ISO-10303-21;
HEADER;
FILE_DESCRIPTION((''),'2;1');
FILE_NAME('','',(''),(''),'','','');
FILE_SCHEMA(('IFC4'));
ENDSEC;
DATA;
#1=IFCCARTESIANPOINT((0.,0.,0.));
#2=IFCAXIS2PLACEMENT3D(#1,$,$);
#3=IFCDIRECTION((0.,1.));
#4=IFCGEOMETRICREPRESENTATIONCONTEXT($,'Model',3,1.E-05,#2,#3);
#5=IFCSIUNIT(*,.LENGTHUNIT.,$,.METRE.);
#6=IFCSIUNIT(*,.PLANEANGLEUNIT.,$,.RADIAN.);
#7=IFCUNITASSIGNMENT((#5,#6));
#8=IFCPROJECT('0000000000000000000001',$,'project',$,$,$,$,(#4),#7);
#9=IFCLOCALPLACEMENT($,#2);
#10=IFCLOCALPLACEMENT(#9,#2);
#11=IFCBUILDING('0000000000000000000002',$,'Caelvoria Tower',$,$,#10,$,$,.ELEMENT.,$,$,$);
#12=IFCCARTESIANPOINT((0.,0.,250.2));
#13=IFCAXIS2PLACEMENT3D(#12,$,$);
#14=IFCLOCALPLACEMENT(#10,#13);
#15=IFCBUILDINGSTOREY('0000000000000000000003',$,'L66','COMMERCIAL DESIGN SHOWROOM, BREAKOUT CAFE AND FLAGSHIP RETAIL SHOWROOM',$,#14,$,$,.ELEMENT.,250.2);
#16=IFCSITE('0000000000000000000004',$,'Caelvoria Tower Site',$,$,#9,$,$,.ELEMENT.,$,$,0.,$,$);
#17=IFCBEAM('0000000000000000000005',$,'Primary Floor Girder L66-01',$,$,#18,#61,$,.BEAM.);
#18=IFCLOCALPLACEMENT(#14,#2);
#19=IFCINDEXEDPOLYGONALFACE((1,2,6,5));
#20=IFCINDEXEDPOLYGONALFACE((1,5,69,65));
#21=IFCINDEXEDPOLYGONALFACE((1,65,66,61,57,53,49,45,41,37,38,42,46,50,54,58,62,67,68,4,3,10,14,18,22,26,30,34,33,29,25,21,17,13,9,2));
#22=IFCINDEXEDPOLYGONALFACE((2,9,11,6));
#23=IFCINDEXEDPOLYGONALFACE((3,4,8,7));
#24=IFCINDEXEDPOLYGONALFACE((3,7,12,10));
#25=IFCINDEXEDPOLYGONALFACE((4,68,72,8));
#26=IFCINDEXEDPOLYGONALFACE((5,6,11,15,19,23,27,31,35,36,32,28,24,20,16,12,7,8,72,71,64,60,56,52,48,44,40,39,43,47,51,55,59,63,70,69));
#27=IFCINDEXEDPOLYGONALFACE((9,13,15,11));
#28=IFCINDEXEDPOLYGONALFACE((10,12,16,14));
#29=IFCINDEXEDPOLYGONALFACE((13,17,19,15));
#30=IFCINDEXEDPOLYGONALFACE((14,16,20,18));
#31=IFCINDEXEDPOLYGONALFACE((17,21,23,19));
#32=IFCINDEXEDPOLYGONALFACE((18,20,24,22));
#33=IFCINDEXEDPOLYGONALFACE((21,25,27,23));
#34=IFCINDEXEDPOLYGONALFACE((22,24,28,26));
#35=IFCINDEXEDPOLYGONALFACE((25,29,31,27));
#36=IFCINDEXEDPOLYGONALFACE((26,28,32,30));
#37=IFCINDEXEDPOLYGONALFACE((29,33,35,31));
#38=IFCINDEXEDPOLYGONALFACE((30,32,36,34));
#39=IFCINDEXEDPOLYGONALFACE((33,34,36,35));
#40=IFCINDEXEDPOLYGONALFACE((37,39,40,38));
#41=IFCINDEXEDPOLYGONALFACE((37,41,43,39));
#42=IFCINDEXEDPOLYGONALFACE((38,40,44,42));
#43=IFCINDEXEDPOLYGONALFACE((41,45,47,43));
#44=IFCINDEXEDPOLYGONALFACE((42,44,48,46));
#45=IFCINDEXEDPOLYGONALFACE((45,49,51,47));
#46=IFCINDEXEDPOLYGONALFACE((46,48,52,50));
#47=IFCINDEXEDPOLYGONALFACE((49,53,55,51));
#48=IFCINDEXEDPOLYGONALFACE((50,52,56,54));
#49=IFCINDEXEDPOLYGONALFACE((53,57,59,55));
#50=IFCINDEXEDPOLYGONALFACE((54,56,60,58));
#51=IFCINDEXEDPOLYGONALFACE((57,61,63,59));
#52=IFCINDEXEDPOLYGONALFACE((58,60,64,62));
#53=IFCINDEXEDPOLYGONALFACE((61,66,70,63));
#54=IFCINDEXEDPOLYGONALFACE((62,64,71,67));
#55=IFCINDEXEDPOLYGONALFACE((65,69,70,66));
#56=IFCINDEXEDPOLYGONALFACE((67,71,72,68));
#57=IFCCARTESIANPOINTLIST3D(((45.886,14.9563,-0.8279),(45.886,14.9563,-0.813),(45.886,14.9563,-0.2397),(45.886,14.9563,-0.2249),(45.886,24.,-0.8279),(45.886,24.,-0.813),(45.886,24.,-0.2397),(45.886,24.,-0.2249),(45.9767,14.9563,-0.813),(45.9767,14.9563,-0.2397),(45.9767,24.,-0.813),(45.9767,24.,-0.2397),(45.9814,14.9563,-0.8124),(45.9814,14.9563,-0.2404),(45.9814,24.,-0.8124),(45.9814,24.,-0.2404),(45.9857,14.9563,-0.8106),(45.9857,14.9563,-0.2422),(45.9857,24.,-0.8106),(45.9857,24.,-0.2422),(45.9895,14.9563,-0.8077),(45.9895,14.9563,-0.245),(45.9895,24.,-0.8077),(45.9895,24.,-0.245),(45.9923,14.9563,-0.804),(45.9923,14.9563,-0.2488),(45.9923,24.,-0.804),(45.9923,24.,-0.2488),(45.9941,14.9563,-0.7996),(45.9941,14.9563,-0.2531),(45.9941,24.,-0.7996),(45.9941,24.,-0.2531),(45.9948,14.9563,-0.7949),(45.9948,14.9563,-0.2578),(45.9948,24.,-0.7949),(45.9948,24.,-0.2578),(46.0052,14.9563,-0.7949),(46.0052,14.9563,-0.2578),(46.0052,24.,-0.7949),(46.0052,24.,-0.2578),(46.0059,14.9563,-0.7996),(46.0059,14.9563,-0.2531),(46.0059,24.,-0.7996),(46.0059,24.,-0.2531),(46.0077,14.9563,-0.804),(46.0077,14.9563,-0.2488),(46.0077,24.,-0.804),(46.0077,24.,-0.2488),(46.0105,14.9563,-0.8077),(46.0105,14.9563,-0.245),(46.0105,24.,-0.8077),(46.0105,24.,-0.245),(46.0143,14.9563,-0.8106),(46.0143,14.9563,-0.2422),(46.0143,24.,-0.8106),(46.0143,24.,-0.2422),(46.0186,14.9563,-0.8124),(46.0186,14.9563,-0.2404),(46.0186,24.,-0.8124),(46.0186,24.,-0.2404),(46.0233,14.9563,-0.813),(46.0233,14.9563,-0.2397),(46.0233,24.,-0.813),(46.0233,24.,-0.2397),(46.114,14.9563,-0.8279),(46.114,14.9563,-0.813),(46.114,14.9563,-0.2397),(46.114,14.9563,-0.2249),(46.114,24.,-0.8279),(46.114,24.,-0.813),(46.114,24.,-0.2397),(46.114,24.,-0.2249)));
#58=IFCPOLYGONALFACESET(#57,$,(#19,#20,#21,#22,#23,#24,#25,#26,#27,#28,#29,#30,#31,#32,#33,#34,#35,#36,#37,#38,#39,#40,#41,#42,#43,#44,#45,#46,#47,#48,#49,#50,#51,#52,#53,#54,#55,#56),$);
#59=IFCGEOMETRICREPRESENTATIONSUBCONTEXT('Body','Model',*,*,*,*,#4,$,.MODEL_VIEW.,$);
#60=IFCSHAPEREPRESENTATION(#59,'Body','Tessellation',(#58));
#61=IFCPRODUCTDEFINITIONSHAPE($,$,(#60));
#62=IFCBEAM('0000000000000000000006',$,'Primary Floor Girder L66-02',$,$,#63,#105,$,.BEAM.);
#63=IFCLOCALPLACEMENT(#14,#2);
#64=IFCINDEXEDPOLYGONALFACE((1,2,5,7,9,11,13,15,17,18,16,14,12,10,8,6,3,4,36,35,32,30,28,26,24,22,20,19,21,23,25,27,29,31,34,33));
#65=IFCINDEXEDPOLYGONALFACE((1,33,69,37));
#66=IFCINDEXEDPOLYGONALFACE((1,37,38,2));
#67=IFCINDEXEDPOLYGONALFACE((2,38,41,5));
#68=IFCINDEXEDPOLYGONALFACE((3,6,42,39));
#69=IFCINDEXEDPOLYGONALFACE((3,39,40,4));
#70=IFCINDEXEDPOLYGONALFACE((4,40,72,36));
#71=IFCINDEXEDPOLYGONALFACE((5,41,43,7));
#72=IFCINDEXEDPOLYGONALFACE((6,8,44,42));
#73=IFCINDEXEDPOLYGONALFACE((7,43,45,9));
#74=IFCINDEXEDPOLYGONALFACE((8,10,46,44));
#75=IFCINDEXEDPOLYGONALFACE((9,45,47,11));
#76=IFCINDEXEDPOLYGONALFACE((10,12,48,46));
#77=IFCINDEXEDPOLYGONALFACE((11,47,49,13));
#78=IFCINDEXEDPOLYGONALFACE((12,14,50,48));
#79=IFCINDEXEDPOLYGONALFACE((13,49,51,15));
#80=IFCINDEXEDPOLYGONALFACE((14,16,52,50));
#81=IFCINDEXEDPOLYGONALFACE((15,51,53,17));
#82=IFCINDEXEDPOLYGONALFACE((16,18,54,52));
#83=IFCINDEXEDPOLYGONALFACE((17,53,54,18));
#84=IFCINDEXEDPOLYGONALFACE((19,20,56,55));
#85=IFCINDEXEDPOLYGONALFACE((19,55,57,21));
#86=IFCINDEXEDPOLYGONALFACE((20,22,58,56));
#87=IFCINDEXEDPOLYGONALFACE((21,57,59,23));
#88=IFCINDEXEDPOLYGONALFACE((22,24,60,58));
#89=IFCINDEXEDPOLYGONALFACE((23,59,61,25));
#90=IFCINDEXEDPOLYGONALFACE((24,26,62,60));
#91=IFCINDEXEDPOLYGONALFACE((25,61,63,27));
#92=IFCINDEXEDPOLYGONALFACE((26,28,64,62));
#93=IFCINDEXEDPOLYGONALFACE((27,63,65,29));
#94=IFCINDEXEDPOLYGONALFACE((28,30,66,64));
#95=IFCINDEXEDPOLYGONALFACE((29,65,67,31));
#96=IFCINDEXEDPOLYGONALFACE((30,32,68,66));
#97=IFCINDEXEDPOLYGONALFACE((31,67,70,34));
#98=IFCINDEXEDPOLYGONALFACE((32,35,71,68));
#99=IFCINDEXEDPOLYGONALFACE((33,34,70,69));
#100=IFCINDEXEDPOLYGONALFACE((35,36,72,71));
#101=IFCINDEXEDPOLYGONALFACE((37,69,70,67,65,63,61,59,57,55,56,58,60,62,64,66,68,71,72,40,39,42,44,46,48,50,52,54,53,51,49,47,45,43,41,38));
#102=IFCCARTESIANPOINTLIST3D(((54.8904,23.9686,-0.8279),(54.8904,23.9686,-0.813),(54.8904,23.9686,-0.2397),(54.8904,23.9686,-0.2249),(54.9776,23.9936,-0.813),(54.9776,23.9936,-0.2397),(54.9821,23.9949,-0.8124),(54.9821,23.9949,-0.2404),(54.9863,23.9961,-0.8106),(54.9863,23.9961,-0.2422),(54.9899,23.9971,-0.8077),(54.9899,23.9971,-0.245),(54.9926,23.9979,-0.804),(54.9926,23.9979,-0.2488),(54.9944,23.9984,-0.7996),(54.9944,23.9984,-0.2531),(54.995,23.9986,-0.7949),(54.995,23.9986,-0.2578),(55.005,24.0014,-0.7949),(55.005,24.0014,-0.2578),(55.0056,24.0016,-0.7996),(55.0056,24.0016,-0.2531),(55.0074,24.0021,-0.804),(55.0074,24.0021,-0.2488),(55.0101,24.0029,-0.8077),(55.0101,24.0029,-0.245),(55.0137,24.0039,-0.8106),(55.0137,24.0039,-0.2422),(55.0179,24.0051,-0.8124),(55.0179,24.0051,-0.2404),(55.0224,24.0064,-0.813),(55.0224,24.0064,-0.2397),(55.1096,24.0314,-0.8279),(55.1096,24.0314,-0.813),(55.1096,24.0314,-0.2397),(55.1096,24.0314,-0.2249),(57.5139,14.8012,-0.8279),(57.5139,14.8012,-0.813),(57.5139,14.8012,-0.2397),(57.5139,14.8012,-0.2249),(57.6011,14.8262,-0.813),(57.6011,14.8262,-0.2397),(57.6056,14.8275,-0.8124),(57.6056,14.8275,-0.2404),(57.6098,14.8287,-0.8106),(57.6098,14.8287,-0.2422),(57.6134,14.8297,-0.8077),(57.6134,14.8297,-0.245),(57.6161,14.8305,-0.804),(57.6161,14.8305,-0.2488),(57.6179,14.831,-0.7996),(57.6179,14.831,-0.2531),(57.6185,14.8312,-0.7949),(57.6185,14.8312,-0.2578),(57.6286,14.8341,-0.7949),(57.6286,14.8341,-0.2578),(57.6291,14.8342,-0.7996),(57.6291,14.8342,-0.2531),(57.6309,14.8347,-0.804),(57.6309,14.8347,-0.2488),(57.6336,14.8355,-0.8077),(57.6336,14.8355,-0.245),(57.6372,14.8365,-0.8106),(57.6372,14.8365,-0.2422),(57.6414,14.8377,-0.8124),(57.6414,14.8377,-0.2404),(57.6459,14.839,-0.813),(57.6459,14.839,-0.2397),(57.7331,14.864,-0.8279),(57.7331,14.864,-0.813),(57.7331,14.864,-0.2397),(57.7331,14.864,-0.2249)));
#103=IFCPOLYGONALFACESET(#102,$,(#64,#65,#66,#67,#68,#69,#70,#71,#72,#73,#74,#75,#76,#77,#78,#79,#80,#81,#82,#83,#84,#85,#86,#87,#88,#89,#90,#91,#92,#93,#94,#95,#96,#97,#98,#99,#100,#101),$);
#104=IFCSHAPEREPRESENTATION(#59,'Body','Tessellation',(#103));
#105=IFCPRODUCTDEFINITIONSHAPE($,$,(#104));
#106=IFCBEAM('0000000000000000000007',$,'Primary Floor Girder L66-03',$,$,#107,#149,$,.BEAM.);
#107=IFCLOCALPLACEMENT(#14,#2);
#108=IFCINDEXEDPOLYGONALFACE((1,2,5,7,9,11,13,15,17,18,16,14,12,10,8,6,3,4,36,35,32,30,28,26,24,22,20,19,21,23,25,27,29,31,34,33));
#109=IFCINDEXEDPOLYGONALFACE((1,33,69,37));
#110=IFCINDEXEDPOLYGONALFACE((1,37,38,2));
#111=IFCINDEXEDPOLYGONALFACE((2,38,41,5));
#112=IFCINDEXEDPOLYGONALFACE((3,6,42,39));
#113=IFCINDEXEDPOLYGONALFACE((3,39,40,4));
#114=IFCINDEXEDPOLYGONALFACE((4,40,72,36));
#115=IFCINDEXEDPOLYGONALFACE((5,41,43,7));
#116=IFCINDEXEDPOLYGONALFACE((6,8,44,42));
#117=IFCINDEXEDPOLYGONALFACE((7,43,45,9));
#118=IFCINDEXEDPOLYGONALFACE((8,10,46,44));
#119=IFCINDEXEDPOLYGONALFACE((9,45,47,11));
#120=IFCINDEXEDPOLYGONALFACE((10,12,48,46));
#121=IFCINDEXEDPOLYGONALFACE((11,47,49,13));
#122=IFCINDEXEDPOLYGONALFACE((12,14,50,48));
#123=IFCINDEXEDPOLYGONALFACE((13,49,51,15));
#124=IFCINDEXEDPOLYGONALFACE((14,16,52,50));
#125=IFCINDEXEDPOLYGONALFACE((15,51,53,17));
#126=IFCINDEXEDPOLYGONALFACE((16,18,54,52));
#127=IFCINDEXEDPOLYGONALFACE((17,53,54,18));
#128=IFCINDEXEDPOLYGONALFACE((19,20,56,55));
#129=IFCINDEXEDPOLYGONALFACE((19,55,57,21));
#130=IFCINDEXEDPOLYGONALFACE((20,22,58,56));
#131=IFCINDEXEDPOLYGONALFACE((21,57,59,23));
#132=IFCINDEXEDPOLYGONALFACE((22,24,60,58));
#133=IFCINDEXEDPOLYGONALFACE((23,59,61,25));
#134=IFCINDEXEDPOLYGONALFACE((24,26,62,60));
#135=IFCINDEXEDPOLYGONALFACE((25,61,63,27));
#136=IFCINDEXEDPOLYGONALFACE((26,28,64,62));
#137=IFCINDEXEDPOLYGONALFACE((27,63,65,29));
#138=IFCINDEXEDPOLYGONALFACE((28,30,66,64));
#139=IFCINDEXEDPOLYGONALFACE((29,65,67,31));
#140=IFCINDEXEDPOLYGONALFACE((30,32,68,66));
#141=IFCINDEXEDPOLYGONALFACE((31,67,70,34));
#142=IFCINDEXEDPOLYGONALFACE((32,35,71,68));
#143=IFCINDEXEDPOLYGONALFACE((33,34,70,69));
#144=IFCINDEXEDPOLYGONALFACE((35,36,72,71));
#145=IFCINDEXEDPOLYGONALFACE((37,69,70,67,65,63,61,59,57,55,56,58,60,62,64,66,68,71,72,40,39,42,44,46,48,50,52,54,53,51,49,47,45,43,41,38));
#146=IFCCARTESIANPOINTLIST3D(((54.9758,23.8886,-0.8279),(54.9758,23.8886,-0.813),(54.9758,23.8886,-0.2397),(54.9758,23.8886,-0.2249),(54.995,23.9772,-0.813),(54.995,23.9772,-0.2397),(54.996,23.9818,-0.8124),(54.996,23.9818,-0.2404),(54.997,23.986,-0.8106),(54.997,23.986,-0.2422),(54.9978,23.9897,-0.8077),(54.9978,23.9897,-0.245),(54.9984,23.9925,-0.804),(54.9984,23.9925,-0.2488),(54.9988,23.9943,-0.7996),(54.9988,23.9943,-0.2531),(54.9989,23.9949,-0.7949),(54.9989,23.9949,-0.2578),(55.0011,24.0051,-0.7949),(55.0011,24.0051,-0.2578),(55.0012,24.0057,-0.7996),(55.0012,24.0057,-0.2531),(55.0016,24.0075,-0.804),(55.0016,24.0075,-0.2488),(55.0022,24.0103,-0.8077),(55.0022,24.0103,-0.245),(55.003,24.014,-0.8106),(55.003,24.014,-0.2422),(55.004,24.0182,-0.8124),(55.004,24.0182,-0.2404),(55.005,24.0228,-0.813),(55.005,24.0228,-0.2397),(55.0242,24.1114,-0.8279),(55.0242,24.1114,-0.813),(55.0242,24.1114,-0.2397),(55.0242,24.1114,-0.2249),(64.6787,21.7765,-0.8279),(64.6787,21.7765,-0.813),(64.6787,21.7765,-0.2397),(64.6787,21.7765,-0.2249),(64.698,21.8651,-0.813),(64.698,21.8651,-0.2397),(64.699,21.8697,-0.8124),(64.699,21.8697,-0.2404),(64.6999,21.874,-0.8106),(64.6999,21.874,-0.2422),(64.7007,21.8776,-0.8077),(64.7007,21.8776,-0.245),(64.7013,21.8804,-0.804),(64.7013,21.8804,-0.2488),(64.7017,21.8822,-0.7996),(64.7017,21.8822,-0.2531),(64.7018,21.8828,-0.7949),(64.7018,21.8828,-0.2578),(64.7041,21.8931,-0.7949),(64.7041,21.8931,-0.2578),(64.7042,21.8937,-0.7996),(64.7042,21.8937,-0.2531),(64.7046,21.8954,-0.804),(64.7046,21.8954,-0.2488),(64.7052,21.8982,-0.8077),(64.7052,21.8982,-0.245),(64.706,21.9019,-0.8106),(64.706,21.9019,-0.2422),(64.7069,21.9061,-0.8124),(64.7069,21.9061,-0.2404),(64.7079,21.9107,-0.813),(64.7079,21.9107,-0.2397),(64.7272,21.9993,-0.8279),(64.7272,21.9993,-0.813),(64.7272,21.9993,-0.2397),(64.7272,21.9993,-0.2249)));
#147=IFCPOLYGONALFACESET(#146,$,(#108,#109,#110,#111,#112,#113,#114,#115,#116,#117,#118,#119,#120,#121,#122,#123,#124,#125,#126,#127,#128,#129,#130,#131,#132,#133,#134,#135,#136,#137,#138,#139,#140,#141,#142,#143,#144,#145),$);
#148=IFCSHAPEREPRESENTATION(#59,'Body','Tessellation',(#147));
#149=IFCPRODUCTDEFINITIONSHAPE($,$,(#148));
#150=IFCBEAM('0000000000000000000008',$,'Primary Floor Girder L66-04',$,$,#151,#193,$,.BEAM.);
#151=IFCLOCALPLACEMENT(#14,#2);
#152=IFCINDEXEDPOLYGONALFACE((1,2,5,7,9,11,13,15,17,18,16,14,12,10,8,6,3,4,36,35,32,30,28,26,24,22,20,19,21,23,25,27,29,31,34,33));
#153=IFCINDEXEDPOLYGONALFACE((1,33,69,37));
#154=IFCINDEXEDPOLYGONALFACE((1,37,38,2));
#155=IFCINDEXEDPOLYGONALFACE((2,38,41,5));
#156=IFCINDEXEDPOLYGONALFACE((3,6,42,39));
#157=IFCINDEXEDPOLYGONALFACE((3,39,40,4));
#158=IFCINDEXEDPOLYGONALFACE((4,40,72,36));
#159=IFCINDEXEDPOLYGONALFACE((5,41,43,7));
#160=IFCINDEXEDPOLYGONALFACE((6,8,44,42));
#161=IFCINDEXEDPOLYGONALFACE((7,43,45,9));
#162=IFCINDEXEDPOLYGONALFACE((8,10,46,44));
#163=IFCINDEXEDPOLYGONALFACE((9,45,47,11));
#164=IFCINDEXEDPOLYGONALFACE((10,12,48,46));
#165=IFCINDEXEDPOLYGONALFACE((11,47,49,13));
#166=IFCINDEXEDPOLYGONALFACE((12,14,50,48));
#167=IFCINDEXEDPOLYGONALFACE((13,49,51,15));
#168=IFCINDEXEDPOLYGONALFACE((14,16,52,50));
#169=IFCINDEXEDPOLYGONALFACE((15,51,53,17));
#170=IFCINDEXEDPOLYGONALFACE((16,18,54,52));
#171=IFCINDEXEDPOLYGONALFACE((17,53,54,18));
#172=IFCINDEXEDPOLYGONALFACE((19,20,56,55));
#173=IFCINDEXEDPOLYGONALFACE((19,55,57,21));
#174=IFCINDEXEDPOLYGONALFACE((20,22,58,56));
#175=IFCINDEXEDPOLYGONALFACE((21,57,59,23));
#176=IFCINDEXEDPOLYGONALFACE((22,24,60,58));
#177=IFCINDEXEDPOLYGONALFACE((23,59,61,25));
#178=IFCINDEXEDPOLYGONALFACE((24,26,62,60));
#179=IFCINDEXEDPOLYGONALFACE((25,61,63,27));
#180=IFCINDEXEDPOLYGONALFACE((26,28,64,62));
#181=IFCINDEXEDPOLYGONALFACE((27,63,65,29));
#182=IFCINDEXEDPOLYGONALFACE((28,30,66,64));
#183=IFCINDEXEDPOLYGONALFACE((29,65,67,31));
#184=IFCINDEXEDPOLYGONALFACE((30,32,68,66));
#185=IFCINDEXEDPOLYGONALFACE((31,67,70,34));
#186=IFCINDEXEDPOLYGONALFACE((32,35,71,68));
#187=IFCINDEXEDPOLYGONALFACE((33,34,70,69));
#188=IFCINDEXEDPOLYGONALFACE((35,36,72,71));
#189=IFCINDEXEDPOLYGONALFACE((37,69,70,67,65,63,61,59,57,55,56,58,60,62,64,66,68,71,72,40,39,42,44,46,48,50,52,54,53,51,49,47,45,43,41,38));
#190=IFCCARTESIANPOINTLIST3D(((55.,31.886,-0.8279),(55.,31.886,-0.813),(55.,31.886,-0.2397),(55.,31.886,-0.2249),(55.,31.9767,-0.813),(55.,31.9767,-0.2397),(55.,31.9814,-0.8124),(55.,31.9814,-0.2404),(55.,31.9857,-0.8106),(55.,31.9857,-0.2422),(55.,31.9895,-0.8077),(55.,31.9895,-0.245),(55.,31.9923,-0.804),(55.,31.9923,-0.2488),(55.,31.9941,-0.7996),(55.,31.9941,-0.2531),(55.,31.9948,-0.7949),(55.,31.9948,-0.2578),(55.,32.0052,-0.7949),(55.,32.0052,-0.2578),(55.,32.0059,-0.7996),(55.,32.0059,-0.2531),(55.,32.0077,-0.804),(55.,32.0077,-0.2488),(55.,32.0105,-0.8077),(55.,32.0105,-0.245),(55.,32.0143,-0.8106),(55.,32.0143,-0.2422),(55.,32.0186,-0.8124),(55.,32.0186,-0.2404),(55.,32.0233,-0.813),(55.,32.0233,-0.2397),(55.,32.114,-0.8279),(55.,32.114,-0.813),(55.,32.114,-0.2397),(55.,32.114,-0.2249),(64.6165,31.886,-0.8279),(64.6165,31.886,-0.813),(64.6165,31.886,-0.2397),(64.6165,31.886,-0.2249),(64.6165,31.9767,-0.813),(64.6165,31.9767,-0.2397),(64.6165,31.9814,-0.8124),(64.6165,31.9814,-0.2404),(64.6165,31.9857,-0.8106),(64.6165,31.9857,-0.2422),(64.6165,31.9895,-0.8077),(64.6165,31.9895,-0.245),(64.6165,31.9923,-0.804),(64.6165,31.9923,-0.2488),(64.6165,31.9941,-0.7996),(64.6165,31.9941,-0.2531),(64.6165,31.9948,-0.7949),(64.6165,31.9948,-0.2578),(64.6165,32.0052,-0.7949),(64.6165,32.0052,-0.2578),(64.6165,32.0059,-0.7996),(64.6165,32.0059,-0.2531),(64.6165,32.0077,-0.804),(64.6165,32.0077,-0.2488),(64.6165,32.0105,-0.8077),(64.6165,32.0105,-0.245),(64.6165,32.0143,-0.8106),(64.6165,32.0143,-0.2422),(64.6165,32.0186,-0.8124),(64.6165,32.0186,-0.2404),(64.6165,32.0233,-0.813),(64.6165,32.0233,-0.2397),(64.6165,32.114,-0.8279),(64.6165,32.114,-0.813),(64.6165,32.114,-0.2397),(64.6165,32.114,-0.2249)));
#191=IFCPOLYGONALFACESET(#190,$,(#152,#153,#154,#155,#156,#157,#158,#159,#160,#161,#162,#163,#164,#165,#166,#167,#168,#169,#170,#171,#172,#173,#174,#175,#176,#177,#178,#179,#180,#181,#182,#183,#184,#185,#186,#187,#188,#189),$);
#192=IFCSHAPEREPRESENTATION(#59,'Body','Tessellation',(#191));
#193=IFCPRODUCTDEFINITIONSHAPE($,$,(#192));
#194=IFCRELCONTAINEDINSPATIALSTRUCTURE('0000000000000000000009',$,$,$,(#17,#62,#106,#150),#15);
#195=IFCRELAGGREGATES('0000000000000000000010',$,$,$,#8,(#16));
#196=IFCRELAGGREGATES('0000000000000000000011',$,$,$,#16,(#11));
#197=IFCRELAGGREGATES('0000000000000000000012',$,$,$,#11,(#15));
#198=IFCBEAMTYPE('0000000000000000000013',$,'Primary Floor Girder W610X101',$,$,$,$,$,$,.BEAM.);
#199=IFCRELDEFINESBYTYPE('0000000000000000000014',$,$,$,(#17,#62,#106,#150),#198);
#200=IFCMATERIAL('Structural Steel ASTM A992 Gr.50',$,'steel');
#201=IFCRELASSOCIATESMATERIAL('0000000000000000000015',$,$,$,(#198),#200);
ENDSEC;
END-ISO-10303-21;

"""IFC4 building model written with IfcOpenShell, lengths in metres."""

from ifc_helpers import new_model, si_unit, direction, frame, origin, origin_2d, place, context, subcontext, project, spatial, i_section, extrude, material, material_profile, profile_set, type_object, element, save


model = new_model("IFC4")

# Units and contexts
model_context = context("Model", 3, precision=1e-05, world=origin(), true_north=direction((0.0, 1.0)))
body_context = subcontext(model_context, "Body", "Model", "MODEL_VIEW")
ifc_project = project(units=[si_unit("LENGTHUNIT", "METRE"), si_unit("PLANEANGLEUNIT", "RADIAN")], contexts=[model_context])

# Site, building, storey
site_placement = place(None, origin())
site = spatial("IfcSite", under=ifc_project, at=site_placement, Name="Caelvoria Tower Site", CompositionType="ELEMENT", RefElevation=0.0)
building_placement = place(site_placement, origin())
building = spatial("IfcBuilding", under=site, at=building_placement, Name="Caelvoria Tower", CompositionType="ELEMENT")
storey_placement = place(building_placement, frame((0.0, 0.0, 250.2)))
storey = spatial("IfcBuildingStorey", under=building, at=storey_placement, Name="L66", Description="COMMERCIAL DESIGN SHOWROOM, BREAKOUT CAFE AND FLAGSHIP RETAIL SHOWROOM", CompositionType="ELEMENT", Elevation=250.2)

# Beams
ifc_material_1 = material(Name="Structural Steel ASTM A992 Gr.50", Category="steel")
ifc_material_profile = material_profile(ifc_material_1, i_section(OverallWidth=0.228, OverallDepth=0.603, WebThickness=0.0105, FlangeThickness=0.0149, FilletRadius=0.0181, at=origin_2d()), Name="Structural Steel ASTM A992 Gr.50")
ifc_profile_set = profile_set([ifc_material_profile], Name="W610X101 - Structural Steel ASTM A992 Gr.50")
beam_type = type_object("IfcBeamType", Name="Primary Floor Girder W610X101", PredefinedType="BEAM", material=ifc_profile_set)
beam_1_placement = place(storey_placement, frame((46.0, 24.0, -0.5264), z_axis=(0.0, -1.0, 0.0), x_axis=(1.0, 0.0, 0.0)))
element("IfcBeam", 1, at=beam_1_placement, inside=storey, type_object=beam_type, Name="Primary Floor Girder L66-01", PredefinedType="BEAM", context=body_context, shape_type="SweptSolid", body=[
    extrude(i_section(OverallWidth=0.228, OverallDepth=0.603, WebThickness=0.0105, FlangeThickness=0.0149, FilletRadius=0.0181, at=origin_2d()), origin(), (0.0, 0.0, 1.0), 9.0437),
])
beam_2_placement = place(storey_placement, frame((55.0, 24.0, -0.5264), z_axis=(0.275134, -0.961406, 0.0), x_axis=(0.961406, 0.275134, 0.0)))
element("IfcBeam", 2, at=beam_2_placement, inside=storey, type_object=beam_type, Name="Primary Floor Girder L66-02", PredefinedType="BEAM", context=body_context, shape_type="SweptSolid", body=[
    extrude(i_section(OverallWidth=0.228, OverallDepth=0.603, WebThickness=0.0105, FlangeThickness=0.0149, FilletRadius=0.0181, at=origin_2d()), origin(), (0.0, 0.0, 1.0), 9.5354),
])
beam_3_placement = place(storey_placement, frame((55.0, 24.0, -0.5264), z_axis=(0.977119, -0.212693, 0.0), x_axis=(0.212693, 0.977119, 0.0)))
element("IfcBeam", 3, at=beam_3_placement, inside=storey, type_object=beam_type, Name="Primary Floor Girder L66-03", PredefinedType="BEAM", context=body_context, shape_type="SweptSolid", body=[
    extrude(i_section(OverallWidth=0.228, OverallDepth=0.603, WebThickness=0.0105, FlangeThickness=0.0149, FilletRadius=0.0181, at=origin_2d()), origin(), (0.0, 0.0, 1.0), 9.9302),
])
beam_4_placement = place(storey_placement, frame((55.0, 32.0, -0.5264), z_axis=(1.0, 0.0, 0.0), x_axis=(0.0, 1.0, 0.0)))
element("IfcBeam", 4, at=beam_4_placement, inside=storey, type_object=beam_type, Name="Primary Floor Girder L66-04", PredefinedType="BEAM", context=body_context, shape_type="SweptSolid", body=[
    extrude(i_section(OverallWidth=0.228, OverallDepth=0.603, WebThickness=0.0105, FlangeThickness=0.0149, FilletRadius=0.0181, at=origin_2d()), origin(), (0.0, 0.0, 1.0), 9.6165),
])

save(model, "model.ifc")
